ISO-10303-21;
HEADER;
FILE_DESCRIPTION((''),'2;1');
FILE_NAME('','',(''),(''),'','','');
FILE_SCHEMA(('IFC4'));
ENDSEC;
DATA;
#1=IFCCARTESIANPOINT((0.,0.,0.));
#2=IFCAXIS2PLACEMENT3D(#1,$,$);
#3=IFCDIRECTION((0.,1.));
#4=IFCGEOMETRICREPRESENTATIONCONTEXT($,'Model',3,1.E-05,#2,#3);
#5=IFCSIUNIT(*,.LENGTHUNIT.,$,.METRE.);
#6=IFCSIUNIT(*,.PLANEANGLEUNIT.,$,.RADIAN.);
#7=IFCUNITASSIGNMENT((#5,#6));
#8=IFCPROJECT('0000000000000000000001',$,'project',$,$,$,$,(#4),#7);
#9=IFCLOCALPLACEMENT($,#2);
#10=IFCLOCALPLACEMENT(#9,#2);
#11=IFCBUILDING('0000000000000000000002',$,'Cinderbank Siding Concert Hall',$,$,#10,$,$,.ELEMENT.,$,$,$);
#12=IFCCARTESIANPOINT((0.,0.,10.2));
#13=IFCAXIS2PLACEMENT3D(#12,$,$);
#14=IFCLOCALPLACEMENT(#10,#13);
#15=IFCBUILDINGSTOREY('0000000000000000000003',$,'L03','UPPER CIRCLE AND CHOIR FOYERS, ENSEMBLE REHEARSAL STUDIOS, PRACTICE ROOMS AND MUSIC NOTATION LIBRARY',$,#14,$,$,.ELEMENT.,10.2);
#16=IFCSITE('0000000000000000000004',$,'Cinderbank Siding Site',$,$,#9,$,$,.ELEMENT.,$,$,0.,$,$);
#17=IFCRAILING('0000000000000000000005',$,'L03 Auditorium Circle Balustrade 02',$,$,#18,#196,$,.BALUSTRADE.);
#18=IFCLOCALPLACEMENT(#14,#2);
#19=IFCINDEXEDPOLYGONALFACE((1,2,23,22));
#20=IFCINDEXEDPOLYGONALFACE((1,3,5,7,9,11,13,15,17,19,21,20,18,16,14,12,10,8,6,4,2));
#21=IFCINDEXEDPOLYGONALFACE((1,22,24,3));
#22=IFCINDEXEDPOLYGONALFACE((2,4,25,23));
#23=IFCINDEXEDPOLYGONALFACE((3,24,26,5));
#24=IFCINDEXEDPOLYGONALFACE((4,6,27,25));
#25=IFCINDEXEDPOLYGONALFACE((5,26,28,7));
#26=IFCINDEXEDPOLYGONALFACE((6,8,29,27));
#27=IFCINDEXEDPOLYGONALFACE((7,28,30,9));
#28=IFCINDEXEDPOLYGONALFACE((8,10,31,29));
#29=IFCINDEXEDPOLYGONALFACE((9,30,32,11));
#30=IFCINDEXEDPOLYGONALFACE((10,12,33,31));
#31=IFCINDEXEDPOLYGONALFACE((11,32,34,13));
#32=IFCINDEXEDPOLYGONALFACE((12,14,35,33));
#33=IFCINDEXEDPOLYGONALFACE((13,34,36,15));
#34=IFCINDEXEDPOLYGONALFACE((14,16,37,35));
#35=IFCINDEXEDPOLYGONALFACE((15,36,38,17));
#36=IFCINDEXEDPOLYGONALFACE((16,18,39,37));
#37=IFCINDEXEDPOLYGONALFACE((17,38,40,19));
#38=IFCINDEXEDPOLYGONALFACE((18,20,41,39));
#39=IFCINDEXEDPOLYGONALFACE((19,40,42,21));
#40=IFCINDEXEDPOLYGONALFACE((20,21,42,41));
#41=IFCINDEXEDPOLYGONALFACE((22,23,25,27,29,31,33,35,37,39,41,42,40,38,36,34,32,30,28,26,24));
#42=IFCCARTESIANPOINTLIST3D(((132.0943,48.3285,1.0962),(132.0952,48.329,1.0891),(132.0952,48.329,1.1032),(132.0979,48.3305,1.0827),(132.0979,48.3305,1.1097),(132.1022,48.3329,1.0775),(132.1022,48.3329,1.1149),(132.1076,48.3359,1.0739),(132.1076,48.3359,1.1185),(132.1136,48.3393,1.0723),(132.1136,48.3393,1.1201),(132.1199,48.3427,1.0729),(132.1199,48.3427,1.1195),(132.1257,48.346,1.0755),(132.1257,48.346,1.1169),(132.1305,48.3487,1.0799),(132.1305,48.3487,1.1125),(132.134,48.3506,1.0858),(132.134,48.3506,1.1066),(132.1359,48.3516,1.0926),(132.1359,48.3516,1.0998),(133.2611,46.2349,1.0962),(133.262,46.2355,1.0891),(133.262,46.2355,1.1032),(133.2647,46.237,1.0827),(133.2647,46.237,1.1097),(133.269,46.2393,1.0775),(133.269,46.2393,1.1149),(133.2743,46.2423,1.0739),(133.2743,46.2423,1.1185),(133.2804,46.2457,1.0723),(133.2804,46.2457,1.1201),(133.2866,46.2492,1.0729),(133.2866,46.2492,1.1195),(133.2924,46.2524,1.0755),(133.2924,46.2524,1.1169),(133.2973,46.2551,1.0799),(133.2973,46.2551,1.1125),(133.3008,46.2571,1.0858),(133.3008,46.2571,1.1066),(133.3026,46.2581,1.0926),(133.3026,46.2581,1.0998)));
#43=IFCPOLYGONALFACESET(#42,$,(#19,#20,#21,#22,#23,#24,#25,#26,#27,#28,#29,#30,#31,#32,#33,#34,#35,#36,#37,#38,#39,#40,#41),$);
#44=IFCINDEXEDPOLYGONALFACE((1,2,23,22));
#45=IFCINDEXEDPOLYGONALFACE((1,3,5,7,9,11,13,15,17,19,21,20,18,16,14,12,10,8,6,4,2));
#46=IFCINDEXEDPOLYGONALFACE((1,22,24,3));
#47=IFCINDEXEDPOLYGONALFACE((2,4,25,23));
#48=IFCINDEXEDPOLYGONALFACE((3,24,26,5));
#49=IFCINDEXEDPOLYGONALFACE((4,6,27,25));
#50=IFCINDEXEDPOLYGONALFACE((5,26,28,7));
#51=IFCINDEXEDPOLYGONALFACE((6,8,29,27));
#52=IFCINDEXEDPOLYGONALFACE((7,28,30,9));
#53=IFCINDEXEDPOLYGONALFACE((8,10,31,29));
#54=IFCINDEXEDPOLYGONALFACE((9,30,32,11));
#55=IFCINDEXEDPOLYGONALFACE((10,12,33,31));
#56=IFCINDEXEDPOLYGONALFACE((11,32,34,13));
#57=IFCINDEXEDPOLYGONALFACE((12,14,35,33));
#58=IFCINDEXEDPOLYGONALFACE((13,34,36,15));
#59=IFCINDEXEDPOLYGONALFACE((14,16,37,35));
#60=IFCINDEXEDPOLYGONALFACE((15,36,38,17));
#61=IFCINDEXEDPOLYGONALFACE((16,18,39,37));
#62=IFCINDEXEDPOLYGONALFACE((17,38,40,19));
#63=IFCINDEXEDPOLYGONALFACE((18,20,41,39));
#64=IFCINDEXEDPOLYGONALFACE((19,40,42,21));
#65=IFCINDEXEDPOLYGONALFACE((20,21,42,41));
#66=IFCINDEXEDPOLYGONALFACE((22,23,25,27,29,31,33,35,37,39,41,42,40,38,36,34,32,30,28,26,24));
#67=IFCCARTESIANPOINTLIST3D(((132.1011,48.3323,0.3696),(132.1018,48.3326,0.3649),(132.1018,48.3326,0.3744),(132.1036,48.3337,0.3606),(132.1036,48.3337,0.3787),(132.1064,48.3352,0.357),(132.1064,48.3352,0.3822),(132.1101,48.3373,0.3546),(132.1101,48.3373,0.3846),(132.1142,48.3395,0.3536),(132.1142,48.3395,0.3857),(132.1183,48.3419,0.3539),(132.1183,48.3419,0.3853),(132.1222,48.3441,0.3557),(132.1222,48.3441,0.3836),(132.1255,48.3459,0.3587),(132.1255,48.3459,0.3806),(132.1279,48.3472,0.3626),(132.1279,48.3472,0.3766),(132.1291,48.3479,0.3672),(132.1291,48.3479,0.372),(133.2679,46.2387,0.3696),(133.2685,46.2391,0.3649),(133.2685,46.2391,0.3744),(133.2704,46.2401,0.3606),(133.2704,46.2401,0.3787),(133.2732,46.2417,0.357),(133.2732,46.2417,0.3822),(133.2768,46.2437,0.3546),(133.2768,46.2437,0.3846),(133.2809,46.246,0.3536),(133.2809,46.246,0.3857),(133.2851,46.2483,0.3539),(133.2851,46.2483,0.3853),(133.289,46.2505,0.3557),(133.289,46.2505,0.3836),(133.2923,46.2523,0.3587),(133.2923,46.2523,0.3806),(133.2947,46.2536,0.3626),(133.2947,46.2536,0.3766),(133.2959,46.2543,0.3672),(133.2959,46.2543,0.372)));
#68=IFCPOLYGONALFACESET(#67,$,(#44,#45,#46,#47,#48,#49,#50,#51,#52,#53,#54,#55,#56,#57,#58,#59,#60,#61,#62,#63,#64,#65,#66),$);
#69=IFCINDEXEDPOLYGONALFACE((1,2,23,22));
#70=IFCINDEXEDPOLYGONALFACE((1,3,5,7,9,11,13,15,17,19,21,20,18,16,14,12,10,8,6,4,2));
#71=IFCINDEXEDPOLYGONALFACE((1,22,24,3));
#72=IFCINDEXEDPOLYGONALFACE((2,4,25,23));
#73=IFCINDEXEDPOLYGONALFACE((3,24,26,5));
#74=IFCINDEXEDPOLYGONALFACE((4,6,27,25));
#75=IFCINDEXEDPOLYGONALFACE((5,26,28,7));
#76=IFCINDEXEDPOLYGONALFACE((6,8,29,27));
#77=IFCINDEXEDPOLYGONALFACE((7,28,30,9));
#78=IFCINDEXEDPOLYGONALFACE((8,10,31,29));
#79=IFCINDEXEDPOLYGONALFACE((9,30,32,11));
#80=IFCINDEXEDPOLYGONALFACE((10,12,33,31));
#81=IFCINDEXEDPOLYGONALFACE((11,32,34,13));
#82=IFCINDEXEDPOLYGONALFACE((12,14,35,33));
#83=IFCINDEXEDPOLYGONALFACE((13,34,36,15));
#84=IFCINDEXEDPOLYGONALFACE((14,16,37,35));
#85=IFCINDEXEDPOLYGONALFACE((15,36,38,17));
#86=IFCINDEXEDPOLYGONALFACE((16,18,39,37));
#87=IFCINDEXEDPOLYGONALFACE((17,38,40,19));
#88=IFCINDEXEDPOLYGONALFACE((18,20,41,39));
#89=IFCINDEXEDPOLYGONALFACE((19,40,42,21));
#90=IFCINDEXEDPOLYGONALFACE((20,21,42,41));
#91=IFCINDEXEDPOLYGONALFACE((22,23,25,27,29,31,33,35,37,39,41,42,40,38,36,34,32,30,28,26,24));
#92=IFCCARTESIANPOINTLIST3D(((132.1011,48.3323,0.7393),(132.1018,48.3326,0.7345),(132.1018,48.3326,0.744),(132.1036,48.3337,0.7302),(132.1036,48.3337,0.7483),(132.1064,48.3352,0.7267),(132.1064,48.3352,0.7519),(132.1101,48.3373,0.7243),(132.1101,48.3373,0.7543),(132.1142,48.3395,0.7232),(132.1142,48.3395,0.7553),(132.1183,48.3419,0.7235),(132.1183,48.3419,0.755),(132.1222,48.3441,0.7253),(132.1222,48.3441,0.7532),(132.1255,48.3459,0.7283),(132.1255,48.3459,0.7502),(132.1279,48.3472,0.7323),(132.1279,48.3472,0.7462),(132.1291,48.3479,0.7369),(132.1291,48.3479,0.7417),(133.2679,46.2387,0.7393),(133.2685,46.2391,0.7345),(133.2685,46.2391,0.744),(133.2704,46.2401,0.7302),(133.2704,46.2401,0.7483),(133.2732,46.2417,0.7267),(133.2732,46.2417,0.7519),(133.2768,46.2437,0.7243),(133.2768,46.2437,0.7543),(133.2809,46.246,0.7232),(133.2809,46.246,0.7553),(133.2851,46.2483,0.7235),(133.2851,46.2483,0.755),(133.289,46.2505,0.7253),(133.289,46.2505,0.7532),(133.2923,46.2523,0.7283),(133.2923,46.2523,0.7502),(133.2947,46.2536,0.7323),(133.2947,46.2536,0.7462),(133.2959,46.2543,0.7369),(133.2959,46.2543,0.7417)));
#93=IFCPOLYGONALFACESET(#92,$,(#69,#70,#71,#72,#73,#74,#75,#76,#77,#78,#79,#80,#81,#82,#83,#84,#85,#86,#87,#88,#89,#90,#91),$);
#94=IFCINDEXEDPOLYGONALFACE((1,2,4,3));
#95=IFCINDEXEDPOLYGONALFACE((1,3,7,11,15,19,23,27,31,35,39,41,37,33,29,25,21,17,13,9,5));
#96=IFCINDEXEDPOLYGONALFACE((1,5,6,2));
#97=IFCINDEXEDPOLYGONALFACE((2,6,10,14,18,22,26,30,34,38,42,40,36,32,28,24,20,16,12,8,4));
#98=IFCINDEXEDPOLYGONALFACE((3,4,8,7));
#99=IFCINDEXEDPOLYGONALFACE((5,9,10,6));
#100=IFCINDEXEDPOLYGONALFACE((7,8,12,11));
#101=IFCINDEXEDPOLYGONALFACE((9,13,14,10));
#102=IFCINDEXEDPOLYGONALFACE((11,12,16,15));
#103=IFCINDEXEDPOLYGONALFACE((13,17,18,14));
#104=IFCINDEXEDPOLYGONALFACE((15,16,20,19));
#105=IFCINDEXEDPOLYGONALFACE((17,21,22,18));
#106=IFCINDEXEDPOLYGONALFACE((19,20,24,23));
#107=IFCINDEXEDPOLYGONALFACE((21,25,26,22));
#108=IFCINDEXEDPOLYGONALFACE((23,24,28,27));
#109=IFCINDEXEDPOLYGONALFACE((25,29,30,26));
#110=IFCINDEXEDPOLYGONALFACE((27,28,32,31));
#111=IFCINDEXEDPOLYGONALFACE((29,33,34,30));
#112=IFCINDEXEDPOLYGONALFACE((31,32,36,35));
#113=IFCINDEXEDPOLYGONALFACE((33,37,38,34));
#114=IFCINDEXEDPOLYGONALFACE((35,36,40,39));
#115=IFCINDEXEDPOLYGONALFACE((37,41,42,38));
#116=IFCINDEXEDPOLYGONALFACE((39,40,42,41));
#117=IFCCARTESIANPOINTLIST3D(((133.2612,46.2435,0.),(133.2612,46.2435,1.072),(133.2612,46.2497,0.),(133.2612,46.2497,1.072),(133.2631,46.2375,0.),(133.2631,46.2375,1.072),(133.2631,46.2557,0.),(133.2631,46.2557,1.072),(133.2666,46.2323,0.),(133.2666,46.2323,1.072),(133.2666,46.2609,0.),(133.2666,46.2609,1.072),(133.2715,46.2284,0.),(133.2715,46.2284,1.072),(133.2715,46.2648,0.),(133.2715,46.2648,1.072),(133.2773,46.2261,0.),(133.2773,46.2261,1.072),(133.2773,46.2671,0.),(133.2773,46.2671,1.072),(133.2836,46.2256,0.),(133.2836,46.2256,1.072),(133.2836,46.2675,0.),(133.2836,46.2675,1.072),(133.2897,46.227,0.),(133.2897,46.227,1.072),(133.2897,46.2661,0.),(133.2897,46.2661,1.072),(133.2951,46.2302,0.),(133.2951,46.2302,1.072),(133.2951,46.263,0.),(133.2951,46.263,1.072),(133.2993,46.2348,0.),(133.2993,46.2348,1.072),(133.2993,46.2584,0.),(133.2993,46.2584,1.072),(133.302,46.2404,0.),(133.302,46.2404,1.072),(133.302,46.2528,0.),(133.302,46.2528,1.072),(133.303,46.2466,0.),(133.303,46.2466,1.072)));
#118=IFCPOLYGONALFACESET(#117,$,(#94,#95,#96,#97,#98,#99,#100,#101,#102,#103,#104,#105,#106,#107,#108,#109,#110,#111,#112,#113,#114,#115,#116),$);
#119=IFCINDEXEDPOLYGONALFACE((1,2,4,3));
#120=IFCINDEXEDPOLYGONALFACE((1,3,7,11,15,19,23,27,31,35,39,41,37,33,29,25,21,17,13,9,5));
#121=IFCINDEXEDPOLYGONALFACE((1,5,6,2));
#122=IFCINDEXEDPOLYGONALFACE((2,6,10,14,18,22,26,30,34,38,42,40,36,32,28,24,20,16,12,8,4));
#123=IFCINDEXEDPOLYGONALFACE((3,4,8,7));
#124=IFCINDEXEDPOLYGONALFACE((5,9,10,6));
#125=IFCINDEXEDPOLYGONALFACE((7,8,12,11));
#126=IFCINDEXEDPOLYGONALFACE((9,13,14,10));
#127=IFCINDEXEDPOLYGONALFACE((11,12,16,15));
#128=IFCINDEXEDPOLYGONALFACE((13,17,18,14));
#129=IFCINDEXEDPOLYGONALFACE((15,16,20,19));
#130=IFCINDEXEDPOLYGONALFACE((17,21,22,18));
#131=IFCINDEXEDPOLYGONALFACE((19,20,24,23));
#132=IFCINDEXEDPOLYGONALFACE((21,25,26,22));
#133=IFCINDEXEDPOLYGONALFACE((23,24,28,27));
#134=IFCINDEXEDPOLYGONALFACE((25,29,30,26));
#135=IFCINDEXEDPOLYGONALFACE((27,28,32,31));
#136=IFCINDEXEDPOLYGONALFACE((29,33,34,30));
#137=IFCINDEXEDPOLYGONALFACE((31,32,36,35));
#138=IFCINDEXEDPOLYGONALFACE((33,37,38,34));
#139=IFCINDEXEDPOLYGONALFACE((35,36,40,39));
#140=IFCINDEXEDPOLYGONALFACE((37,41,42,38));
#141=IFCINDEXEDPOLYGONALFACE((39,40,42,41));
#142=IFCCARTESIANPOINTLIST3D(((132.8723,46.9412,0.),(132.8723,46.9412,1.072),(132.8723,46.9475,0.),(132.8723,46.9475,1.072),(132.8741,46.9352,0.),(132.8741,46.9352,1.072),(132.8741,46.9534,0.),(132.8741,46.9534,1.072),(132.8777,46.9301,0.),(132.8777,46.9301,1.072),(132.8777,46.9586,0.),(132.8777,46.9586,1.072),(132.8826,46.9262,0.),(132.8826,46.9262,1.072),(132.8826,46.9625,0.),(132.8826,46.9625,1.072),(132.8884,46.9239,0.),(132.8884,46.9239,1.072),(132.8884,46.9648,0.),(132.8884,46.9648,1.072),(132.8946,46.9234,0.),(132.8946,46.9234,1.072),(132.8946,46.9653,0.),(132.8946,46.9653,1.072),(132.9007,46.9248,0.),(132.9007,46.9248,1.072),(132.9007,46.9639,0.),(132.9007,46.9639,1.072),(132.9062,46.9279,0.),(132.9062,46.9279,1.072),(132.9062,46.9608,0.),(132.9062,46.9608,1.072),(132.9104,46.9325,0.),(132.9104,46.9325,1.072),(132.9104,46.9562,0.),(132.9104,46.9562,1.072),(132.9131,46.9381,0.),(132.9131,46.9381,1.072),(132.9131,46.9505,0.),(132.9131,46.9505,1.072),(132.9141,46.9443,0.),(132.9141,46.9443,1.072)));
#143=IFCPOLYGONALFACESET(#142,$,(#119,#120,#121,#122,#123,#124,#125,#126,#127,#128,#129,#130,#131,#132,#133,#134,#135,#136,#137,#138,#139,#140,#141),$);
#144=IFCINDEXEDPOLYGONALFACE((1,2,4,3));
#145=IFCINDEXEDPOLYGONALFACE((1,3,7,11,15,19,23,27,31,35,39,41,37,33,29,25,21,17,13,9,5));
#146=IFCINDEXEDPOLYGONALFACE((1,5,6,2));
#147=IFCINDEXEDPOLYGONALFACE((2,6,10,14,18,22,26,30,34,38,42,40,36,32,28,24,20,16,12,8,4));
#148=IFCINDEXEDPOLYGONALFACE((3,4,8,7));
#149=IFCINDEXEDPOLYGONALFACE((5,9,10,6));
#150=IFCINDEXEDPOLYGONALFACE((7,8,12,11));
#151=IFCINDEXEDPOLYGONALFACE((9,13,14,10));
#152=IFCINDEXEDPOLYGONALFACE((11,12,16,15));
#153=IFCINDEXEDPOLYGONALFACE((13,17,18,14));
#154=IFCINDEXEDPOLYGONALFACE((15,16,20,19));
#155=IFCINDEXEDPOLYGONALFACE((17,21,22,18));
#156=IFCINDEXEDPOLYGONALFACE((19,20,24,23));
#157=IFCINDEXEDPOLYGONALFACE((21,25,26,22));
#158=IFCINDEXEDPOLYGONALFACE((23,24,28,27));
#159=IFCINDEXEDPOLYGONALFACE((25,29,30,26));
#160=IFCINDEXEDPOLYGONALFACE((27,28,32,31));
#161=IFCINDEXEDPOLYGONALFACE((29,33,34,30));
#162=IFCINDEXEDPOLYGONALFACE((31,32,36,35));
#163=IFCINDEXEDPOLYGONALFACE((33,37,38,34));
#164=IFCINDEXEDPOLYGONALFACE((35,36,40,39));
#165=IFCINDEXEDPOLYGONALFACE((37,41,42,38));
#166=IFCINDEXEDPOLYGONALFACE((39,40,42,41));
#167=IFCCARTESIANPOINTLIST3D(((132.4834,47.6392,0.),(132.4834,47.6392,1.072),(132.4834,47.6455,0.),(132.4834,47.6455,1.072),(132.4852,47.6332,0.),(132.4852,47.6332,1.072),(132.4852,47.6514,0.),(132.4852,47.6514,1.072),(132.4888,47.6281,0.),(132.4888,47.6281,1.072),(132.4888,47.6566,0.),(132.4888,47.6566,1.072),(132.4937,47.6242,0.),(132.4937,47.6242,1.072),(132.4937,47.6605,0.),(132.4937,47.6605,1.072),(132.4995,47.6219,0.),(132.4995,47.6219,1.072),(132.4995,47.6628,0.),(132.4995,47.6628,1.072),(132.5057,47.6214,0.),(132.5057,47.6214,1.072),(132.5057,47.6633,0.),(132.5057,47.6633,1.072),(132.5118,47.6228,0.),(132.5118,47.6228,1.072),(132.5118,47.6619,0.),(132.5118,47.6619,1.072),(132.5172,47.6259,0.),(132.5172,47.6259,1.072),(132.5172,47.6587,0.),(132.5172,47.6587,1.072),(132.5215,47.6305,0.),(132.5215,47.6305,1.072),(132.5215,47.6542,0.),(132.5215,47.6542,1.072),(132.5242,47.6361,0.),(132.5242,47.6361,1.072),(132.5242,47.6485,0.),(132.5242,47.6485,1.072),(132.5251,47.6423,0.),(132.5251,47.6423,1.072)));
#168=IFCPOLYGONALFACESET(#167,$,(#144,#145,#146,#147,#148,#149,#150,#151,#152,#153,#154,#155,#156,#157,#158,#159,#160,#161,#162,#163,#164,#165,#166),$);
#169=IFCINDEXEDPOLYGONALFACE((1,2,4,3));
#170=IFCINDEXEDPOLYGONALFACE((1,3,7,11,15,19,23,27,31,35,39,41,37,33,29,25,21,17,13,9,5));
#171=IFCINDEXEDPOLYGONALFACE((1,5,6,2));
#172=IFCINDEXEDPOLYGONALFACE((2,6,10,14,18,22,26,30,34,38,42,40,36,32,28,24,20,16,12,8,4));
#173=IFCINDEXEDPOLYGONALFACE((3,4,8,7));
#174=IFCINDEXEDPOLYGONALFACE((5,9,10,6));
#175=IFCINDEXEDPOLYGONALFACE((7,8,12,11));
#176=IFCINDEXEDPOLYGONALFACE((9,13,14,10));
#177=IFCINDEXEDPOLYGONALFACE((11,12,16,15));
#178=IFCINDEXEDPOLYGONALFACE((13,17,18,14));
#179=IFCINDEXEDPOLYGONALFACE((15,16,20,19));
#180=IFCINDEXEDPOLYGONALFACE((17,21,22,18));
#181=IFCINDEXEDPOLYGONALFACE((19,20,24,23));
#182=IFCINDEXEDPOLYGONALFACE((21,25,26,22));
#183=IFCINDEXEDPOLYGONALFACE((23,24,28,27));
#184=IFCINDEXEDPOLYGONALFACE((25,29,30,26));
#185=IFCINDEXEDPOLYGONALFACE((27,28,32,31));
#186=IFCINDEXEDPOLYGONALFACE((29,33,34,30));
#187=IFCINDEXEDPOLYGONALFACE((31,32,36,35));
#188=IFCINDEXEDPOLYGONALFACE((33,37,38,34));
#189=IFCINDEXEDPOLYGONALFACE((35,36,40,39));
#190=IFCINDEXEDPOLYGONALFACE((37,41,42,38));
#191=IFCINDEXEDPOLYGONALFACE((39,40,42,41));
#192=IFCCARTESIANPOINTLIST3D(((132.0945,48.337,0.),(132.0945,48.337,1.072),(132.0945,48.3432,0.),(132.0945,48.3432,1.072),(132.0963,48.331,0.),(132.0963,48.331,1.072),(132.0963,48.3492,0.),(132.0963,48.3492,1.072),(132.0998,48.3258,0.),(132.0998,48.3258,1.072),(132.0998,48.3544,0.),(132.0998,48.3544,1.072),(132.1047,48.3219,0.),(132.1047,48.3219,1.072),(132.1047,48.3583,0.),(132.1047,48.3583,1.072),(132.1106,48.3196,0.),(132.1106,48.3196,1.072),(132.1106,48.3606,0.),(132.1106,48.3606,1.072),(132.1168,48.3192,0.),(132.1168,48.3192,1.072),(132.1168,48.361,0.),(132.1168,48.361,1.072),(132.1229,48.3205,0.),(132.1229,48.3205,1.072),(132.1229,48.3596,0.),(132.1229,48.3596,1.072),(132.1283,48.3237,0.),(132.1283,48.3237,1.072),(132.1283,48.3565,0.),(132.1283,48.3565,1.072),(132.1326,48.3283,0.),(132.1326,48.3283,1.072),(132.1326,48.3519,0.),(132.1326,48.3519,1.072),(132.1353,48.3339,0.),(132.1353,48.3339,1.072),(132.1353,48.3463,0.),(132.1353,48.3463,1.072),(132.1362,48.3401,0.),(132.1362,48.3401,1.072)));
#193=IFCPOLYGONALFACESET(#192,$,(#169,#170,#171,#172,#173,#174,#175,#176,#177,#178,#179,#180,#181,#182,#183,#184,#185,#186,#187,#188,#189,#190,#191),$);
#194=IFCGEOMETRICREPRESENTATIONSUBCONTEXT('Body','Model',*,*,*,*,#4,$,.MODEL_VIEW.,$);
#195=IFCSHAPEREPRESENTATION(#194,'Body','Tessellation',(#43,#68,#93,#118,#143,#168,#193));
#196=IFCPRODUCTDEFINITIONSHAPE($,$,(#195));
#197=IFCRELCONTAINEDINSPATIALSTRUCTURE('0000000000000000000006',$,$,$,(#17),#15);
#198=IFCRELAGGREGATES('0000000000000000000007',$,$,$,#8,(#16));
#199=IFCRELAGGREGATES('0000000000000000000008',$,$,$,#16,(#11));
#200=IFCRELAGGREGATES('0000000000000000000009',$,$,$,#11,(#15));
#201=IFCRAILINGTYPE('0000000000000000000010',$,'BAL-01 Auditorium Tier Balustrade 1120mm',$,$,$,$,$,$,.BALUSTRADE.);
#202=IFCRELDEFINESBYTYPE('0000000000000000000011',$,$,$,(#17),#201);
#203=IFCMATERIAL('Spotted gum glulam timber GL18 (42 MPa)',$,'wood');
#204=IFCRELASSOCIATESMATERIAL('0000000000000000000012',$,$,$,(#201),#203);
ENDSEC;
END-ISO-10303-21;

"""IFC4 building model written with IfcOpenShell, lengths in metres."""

from ifc_helpers import new_model, si_unit, direction, frame, origin, origin_2d, place, context, subcontext, project, spatial, circle, extrude, material, type_object, element, save


model = new_model("IFC4")

# Units and contexts
model_context = context("Model", 3, precision=1e-05, world=origin(), true_north=direction((0.0, 1.0)))
body_context = subcontext(model_context, "Body", "Model", "MODEL_VIEW")
ifc_project = project(units=[si_unit("LENGTHUNIT", "METRE"), si_unit("PLANEANGLEUNIT", "RADIAN")], contexts=[model_context])

# Site, building, storey
site_placement = place(None, origin())
site = spatial("IfcSite", under=ifc_project, at=site_placement, Name="Cinderbank Siding Site", CompositionType="ELEMENT", RefElevation=0.0)
building_placement = place(site_placement, origin())
building = spatial("IfcBuilding", under=site, at=building_placement, Name="Cinderbank Siding Concert Hall", CompositionType="ELEMENT")
storey_placement = place(building_placement, frame((0.0, 0.0, 10.2)))
storey = spatial("IfcBuildingStorey", under=building, at=storey_placement, Name="L03", Description="UPPER CIRCLE AND CHOIR FOYERS, ENSEMBLE REHEARSAL STUDIOS, PRACTICE ROOMS AND MUSIC NOTATION LIBRARY", CompositionType="ELEMENT", Elevation=10.2)

# Shared definitions
ifc_material_1 = material(Name="Spotted gum glulam timber GL18 (42 MPa)", Category="wood")

# Railing
railing_type = type_object("IfcRailingType", Name="BAL-01 Auditorium Tier Balustrade 1120mm", PredefinedType="BALUSTRADE", material=ifc_material_1)
railing_1_placement = place(storey_placement, frame((133.282, 46.2466, 0.0)))
element("IfcRailing", 1, at=railing_1_placement, inside=storey, type_object=railing_type, Name="L03 Auditorium Circle Balustrade 02", PredefinedType="BALUSTRADE", context=body_context, shape_type="SweptSolid", body=[
    extrude(circle(Radius=0.0239, at=origin_2d()), frame((0.0, 0.0, 1.0962), z_axis=(-0.486819, 0.873503, 0.0), x_axis=(-0.873503, -0.486819, 0.0)), (0.0, 0.0, 1.0), 2.3967),
    extrude(circle(Radius=0.0161, at=origin_2d()), frame((0.0, 0.0, 0.3696), z_axis=(-0.486819, 0.873503, 0.0), x_axis=(-0.873503, -0.486819, 0.0)), (0.0, 0.0, 1.0), 2.3967),
    extrude(circle(Radius=0.0161, at=origin_2d()), frame((0.0, 0.0, 0.7393), z_axis=(-0.486819, 0.873503, 0.0), x_axis=(-0.873503, -0.486819, 0.0)), (0.0, 0.0, 1.0), 2.3967),
    extrude(circle(Radius=0.021, at=origin_2d()), origin(), (0.0, 0.0, 1.0), 1.072),
    extrude(circle(Radius=0.021, at=origin_2d()), frame((-0.3889, 0.6978, 0.0)), (0.0, 0.0, 1.0), 1.072),
    extrude(circle(Radius=0.021, at=origin_2d()), frame((-0.7778, 1.3958, 0.0)), (0.0, 0.0, 1.0), 1.072),
    extrude(circle(Radius=0.021, at=origin_2d()), frame((-1.1667, 2.0935, 0.0)), (0.0, 0.0, 1.0), 1.072),
])

save(model, "model.ifc")
